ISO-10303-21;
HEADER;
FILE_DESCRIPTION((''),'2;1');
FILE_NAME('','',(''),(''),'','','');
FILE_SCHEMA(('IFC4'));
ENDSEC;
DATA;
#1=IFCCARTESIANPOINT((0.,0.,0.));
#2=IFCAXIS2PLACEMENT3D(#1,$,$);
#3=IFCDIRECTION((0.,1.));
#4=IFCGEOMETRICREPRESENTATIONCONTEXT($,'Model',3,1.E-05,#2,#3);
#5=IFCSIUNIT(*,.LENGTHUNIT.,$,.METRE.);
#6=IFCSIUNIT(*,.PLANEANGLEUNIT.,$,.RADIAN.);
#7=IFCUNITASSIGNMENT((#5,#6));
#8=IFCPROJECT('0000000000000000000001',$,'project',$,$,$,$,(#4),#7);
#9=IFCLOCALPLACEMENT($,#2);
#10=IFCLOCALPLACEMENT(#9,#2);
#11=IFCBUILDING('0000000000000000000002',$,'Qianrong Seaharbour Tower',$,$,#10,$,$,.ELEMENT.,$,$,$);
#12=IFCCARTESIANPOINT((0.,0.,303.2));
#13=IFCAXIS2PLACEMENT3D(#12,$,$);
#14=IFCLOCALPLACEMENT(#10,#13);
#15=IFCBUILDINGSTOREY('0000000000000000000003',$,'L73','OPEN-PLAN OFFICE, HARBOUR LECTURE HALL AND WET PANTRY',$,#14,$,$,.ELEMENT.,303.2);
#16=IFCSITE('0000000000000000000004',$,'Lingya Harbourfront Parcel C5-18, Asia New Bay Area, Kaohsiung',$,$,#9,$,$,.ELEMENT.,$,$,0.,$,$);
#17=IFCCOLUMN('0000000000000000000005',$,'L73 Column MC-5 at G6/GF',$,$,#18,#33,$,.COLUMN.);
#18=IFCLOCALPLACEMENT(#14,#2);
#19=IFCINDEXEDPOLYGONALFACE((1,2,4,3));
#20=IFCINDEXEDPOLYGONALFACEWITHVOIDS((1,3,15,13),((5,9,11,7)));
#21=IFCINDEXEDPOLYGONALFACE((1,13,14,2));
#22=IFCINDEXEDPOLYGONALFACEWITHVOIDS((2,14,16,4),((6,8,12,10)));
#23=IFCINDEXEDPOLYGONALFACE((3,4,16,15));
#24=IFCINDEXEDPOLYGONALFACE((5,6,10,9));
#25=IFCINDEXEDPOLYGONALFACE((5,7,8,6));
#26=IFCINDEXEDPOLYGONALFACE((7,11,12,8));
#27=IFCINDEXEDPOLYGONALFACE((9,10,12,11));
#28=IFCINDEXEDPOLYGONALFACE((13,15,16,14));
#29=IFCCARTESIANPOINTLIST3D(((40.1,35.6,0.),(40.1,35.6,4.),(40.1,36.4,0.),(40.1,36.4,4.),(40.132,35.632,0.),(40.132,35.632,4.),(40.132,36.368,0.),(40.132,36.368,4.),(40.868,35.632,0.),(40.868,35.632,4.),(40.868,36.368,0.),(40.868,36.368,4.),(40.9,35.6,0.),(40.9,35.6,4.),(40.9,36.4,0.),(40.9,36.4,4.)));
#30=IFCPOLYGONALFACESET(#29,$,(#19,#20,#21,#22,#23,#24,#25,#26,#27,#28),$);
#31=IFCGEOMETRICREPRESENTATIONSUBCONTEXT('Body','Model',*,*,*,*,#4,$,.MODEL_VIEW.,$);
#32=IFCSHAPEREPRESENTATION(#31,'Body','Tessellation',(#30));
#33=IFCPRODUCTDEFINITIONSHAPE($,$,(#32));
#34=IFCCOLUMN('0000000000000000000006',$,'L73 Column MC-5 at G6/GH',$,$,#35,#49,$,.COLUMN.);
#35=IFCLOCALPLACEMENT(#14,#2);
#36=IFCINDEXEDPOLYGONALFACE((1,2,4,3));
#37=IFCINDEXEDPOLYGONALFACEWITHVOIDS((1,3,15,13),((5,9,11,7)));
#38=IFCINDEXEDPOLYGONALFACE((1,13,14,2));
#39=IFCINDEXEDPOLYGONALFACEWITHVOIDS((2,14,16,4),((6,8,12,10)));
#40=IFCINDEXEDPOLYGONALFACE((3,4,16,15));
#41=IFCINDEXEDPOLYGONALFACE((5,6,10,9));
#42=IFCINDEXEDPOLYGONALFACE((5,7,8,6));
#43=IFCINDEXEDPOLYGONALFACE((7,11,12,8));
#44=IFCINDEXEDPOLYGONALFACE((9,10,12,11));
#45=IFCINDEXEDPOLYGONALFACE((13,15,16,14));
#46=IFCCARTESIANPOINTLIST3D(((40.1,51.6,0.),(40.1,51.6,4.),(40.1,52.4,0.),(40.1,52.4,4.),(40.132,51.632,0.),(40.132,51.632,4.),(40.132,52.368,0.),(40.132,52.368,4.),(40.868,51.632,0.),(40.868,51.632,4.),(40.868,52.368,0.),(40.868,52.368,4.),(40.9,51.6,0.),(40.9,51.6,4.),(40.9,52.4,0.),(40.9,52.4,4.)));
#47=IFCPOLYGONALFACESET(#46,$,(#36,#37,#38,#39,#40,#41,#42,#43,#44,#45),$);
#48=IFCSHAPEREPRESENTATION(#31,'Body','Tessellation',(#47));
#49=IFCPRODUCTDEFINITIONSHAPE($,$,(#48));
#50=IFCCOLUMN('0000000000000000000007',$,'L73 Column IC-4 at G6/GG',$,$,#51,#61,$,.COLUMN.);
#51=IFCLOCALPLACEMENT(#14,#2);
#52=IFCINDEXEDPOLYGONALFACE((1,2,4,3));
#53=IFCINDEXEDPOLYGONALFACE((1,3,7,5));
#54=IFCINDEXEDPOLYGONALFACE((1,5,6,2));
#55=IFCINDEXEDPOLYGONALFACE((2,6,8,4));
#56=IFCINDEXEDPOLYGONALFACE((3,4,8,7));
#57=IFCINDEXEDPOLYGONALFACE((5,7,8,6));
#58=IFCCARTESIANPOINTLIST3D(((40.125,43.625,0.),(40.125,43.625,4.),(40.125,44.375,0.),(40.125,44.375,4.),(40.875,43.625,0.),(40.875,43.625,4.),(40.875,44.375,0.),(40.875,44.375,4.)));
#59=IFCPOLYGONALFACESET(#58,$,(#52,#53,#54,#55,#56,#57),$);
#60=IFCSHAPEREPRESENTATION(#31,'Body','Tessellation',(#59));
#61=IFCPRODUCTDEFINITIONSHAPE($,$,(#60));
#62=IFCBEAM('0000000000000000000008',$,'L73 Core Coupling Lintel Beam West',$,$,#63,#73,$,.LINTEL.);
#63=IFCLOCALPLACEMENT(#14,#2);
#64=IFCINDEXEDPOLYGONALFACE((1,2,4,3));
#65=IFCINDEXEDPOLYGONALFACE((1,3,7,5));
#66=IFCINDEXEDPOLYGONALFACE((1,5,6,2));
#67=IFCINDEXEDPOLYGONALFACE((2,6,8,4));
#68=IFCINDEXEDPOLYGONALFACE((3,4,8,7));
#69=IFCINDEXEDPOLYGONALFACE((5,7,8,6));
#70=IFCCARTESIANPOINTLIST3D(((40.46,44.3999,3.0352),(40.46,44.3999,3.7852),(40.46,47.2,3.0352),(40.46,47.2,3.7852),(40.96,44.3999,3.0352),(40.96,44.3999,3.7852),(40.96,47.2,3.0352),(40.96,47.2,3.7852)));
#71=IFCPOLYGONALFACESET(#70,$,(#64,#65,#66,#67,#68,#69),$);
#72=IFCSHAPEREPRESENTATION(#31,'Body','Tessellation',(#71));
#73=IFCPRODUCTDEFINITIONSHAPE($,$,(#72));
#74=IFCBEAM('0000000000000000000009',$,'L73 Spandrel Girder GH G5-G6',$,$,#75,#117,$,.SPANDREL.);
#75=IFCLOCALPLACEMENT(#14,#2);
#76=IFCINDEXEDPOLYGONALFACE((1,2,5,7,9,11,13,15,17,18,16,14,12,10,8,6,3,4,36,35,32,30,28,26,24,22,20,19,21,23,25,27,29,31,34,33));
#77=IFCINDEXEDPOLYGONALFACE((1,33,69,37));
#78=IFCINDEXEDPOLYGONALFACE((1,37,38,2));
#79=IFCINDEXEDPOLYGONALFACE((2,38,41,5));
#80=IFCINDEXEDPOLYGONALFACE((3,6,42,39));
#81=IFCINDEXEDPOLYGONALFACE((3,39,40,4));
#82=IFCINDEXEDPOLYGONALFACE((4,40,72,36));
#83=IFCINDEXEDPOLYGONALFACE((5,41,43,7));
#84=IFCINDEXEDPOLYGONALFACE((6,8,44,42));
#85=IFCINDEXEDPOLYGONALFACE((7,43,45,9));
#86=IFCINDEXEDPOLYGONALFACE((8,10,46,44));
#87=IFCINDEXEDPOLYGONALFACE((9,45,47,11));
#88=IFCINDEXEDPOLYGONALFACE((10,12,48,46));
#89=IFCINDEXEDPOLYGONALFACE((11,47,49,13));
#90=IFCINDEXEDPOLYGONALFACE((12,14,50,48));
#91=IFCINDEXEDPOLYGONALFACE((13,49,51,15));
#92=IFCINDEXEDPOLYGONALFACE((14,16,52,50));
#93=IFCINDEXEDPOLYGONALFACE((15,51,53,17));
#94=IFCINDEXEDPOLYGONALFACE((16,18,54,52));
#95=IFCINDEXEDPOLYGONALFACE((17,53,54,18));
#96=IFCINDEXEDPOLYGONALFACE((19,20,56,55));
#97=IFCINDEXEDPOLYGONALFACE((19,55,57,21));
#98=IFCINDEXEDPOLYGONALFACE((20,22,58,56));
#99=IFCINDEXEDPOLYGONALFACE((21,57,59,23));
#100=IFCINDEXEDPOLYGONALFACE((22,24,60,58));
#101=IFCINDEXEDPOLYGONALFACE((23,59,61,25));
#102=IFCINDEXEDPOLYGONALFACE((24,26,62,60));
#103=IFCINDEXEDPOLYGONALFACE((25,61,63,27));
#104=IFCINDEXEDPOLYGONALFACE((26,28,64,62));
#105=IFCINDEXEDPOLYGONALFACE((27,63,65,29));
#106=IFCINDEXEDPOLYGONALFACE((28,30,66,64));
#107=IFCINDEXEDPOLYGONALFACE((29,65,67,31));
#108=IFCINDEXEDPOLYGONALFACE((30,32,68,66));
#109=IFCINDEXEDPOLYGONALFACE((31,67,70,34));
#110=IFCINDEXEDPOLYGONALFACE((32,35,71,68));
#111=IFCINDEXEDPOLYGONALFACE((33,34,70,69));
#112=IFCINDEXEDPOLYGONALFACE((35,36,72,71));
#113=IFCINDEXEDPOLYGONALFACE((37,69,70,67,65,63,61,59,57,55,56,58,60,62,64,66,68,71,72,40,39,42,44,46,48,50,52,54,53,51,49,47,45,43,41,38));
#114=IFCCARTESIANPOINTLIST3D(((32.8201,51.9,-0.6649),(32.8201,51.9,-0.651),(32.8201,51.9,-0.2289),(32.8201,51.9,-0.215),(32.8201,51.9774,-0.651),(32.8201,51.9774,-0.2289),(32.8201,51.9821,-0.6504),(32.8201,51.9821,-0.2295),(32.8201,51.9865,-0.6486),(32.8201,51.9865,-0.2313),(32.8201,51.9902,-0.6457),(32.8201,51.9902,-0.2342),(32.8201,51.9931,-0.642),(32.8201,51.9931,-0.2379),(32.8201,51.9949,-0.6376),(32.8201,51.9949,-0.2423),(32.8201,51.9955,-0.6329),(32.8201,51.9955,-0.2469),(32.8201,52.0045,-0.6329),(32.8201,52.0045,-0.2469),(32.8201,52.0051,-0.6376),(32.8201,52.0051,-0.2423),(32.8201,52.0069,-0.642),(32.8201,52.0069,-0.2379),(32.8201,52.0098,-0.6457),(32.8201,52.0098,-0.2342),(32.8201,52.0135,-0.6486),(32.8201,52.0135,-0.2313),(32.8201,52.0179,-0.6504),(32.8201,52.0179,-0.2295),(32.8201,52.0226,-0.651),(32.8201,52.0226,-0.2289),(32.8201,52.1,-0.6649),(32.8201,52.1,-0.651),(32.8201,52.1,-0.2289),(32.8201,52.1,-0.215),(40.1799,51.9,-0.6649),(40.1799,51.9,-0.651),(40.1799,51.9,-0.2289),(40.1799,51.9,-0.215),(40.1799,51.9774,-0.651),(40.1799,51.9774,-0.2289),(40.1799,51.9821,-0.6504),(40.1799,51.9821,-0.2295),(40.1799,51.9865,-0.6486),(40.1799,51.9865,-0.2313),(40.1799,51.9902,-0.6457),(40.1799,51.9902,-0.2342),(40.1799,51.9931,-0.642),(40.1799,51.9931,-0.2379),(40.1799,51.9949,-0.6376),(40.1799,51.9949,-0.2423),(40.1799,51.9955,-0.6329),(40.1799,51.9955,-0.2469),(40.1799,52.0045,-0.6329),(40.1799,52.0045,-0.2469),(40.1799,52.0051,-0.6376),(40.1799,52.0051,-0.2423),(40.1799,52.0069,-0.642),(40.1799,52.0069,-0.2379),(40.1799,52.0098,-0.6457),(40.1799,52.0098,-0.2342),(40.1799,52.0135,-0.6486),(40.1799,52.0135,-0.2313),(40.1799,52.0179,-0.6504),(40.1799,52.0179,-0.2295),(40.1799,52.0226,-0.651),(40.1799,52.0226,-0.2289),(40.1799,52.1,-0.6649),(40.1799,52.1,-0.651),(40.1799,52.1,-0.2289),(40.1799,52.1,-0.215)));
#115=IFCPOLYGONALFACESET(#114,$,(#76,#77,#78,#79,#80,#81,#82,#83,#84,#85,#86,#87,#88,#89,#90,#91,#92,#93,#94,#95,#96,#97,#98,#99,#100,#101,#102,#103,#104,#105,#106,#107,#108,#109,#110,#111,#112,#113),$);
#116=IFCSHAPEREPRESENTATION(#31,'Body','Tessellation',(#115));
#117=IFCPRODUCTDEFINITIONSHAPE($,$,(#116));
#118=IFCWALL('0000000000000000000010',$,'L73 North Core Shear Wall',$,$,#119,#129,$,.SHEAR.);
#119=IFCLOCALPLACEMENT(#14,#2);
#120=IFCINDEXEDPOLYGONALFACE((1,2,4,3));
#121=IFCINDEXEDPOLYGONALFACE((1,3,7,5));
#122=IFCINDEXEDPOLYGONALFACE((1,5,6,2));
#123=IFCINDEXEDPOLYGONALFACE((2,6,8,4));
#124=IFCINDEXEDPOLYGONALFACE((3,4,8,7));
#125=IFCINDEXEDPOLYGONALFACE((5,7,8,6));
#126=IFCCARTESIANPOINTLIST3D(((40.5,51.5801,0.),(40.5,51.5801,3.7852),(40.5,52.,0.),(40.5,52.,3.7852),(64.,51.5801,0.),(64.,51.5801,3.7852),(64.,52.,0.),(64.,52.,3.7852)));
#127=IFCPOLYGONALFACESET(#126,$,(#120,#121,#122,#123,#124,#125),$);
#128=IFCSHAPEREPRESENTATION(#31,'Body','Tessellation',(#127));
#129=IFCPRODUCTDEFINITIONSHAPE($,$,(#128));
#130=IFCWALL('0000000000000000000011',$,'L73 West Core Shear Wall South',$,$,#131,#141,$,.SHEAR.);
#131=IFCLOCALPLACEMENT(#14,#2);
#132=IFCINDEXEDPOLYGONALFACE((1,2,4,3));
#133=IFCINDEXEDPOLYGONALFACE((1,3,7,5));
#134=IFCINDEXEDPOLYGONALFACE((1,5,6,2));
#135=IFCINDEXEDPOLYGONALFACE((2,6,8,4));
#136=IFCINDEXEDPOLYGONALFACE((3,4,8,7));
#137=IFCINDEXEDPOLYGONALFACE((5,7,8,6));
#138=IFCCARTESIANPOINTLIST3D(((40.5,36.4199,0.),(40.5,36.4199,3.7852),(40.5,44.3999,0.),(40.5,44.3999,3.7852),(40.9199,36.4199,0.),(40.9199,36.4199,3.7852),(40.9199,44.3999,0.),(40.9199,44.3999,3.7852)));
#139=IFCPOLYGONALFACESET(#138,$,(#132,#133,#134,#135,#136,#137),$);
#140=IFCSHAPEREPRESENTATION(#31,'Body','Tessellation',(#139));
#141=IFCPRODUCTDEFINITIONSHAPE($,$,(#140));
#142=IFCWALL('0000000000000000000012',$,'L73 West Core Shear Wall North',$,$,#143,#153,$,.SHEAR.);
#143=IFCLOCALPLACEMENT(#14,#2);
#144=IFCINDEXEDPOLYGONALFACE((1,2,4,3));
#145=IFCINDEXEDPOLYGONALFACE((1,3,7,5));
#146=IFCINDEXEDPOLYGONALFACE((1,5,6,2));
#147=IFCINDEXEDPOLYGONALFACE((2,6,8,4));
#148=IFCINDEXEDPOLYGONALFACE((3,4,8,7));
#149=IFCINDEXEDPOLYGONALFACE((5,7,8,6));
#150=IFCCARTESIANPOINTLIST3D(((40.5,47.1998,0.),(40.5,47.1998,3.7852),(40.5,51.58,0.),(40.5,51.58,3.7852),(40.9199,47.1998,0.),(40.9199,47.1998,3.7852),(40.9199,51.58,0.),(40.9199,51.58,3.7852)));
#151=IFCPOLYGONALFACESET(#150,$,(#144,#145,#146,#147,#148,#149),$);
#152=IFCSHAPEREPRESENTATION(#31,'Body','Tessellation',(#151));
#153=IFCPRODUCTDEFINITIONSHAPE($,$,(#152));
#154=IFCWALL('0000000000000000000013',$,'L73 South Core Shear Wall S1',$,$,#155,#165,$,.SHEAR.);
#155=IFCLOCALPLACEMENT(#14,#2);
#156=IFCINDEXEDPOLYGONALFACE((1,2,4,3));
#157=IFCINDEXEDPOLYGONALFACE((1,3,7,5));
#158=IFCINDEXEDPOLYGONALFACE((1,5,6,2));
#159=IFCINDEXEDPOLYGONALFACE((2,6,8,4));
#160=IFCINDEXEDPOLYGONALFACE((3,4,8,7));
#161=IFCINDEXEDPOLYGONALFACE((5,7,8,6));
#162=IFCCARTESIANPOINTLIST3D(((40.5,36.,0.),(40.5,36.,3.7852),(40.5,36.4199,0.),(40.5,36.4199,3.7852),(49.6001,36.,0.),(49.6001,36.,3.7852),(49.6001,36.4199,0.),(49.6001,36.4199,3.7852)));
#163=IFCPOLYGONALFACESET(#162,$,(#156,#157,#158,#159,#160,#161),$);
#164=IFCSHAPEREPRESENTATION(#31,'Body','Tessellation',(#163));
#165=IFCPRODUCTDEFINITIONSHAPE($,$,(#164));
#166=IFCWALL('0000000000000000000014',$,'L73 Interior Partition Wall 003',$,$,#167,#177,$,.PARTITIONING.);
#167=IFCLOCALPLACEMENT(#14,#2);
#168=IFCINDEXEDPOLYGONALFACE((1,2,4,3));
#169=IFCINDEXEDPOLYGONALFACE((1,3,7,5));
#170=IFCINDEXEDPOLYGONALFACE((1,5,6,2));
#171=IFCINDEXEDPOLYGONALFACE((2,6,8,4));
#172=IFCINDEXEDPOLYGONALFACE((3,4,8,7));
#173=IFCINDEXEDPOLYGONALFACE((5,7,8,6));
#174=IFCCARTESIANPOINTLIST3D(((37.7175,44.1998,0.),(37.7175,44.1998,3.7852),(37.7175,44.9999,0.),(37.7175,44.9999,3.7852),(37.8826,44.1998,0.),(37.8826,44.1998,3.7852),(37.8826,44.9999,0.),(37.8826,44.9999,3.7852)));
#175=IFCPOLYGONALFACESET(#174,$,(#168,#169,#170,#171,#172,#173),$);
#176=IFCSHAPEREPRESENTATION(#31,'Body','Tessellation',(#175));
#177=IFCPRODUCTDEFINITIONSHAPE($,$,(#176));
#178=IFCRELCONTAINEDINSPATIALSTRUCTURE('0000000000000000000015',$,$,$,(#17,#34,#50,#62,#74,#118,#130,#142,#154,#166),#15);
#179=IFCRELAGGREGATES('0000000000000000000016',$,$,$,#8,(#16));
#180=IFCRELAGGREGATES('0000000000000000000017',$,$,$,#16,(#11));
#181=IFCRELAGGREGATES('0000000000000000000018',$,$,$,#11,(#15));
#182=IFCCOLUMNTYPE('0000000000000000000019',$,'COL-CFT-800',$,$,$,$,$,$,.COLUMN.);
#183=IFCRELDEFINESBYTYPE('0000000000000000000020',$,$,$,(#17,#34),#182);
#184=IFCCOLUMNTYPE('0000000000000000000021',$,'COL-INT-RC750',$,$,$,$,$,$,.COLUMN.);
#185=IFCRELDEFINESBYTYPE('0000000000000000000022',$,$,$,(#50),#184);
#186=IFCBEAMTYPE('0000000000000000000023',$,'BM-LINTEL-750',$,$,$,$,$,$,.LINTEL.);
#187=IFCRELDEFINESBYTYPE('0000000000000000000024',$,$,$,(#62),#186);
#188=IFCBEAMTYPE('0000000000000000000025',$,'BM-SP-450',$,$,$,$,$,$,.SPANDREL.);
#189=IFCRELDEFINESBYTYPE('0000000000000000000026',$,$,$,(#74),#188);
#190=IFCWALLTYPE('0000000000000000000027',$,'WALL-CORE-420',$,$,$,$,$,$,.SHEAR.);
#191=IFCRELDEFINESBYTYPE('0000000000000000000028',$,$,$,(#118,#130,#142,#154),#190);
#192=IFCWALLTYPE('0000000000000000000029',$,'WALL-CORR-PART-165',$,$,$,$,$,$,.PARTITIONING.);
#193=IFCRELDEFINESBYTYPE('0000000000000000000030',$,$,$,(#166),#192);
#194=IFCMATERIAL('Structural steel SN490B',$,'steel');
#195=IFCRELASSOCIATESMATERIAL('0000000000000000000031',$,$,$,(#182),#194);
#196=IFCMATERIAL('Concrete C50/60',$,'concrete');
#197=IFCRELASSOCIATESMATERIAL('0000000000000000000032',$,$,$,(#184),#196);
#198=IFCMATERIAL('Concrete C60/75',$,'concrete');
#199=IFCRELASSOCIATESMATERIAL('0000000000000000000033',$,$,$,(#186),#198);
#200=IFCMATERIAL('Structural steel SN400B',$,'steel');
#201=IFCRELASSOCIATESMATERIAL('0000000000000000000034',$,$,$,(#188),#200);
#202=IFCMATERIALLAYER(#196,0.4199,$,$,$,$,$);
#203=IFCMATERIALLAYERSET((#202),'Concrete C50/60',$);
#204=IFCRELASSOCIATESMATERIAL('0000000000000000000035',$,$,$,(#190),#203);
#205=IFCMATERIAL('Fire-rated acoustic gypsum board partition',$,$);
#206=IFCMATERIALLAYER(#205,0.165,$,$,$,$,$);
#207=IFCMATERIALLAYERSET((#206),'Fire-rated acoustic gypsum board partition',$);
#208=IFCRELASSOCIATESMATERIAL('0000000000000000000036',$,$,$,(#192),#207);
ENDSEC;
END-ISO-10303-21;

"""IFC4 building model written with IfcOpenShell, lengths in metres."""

from ifc_helpers import new_model, si_unit, direction, frame, frame_2d, origin, origin_2d, place, context, subcontext, project, spatial, rectangle, hollow_rectangle, i_section, extrude, material, layer, layer_set, material_profile, profile_set, type_object, element, save


model = new_model("IFC4")

# Units and contexts
model_context = context("Model", 3, precision=1e-05, world=origin(), true_north=direction((0.0, 1.0)))
body_context = subcontext(model_context, "Body", "Model", "MODEL_VIEW")
ifc_project = project(units=[si_unit("LENGTHUNIT", "METRE"), si_unit("PLANEANGLEUNIT", "RADIAN")], contexts=[model_context])

# Site, building, storey
site_placement = place(None, origin())
site = spatial("IfcSite", under=ifc_project, at=site_placement, Name="Lingya Harbourfront Parcel C5-18, Asia New Bay Area, Kaohsiung", CompositionType="ELEMENT", RefElevation=0.0)
building_placement = place(site_placement, origin())
building = spatial("IfcBuilding", under=site, at=building_placement, Name="Qianrong Seaharbour Tower", CompositionType="ELEMENT")
storey_placement = place(building_placement, frame((0.0, 0.0, 303.2)))
storey = spatial("IfcBuildingStorey", under=building, at=storey_placement, Name="L73", Description="OPEN-PLAN OFFICE, HARBOUR LECTURE HALL AND WET PANTRY", CompositionType="ELEMENT", Elevation=303.2)

# Columns
ifc_material_1 = material(Name="Structural steel SN490B", Category="steel")
ifc_material_profile_1 = material_profile(ifc_material_1, hollow_rectangle(XDim=0.8, YDim=0.8, WallThickness=0.032, at=origin_2d()), Name="BOX800x800x32")
ifc_profile_set_1 = profile_set([ifc_material_profile_1], Name="Structural steel SN490B")
column_type_1 = type_object("IfcColumnType", Name="COL-CFT-800", PredefinedType="COLUMN", material=ifc_profile_set_1)
for number, where, z_axis, x_axis, name in (
    (1, (40.5, 36.0, 0.0), (0.0, 0.0, 1.0), (1.0, 0.0, 0.0), "L73 Column MC-5 at G6/GF"),
    (2, (40.5, 52.0, 0.0), (0.0, 0.0, 1.0), (1.0, 0.0, 0.0), "L73 Column MC-5 at G6/GH"),
):
    element("IfcColumn", number, at=place(storey_placement, frame(where, z_axis=z_axis, x_axis=x_axis)), inside=storey, type_object=column_type_1, Name=name, PredefinedType="COLUMN", context=body_context, shape_type="SweptSolid", body=[
        extrude(hollow_rectangle(XDim=0.8, YDim=0.8, WallThickness=0.032, at=origin_2d()), origin(), (0.0, 0.0, 1.0), 4.0),
    ])
ifc_material_2 = material(Name="Concrete C50/60", Category="concrete")
ifc_material_profile_2 = material_profile(ifc_material_2, rectangle(XDim=0.75, YDim=0.75, at=origin_2d()), Name="RC750x750")
ifc_profile_set_2 = profile_set([ifc_material_profile_2], Name="Concrete C50/60")
column_type_2 = type_object("IfcColumnType", Name="COL-INT-RC750", PredefinedType="COLUMN", material=ifc_profile_set_2)
column_placement = place(storey_placement, frame((40.5, 44.0, 0.0), z_axis=(0.0, 0.0, 1.0), x_axis=(1.0, 0.0, 0.0)))
element("IfcColumn", 3, at=column_placement, inside=storey, type_object=column_type_2, Name="L73 Column IC-4 at G6/GG", PredefinedType="COLUMN", context=body_context, shape_type="SweptSolid", body=[
    extrude(rectangle(XDim=0.75, YDim=0.75, at=origin_2d()), origin(), (0.0, 0.0, 1.0), 4.0),
])

# Beams
ifc_material_3 = material(Name="Concrete C60/75", Category="concrete")
ifc_material_profile_3 = material_profile(ifc_material_3, rectangle(XDim=0.5, YDim=0.75, at=origin_2d()), Name="RC500x750")
ifc_profile_set_3 = profile_set([ifc_material_profile_3], Name="Concrete C60/75")
beam_type_1 = type_object("IfcBeamType", Name="BM-LINTEL-750", PredefinedType="LINTEL", material=ifc_profile_set_3)
beam_1_placement = place(storey_placement, frame((40.71, 44.3999, 3.4102), z_axis=(0.0, 1.0, 0.0), x_axis=(-1.0, 0.0, 0.0)))
element("IfcBeam", 4, at=beam_1_placement, inside=storey, type_object=beam_type_1, Name="L73 Core Coupling Lintel Beam West", PredefinedType="LINTEL", context=body_context, shape_type="SweptSolid", body=[
    extrude(rectangle(XDim=0.5, YDim=0.75, at=origin_2d()), origin(), (0.0, 0.0, 1.0), 2.8),
])
ifc_material_4 = material(Name="Structural steel SN400B", Category="steel")
ifc_material_profile_4 = material_profile(ifc_material_4, i_section(OverallWidth=0.2, OverallDepth=0.45, WebThickness=0.009, FlangeThickness=0.0139, FilletRadius=0.0181, at=origin_2d()), Name="H450x200x9x14")
ifc_profile_set_4 = profile_set([ifc_material_profile_4], Name="Structural steel SN400B")
beam_type_2 = type_object("IfcBeamType", Name="BM-SP-450", PredefinedType="SPANDREL", material=ifc_profile_set_4)
beam_2_placement = place(storey_placement, frame((32.8201, 52.0, -0.4399), z_axis=(1.0, 0.0, 0.0), x_axis=(0.0, 1.0, 0.0)))
element("IfcBeam", 5, at=beam_2_placement, inside=storey, type_object=beam_type_2, Name="L73 Spandrel Girder GH G5-G6", PredefinedType="SPANDREL", context=body_context, shape_type="SweptSolid", body=[
    extrude(i_section(OverallWidth=0.2, OverallDepth=0.45, WebThickness=0.009, FlangeThickness=0.0139, FilletRadius=0.0181, at=origin_2d()), origin(), (0.0, 0.0, 1.0), 7.3599),
])

# Walls
ifc_layer_1 = layer(ifc_material_2, 0.4199)
ifc_layer_set_1 = layer_set([ifc_layer_1], Name="Concrete C50/60")
wall_type_1 = type_object("IfcWallType", Name="WALL-CORE-420", PredefinedType="SHEAR", material=ifc_layer_set_1)
wall_1_placement = place(storey_placement, frame((40.5, 51.79, 0.0), z_axis=(0.0, 0.0, 1.0), x_axis=(1.0, 0.0, 0.0)))
element("IfcWall", 6, at=wall_1_placement, inside=storey, type_object=wall_type_1, Name="L73 North Core Shear Wall", PredefinedType="SHEAR", context=body_context, shape_type="SweptSolid", body=[
    extrude(rectangle(XDim=23.5, YDim=0.4199, at=frame_2d((11.75, 0.0))), origin(), (0.0, 0.0, 1.0), 3.7852),
])
wall_2_placement = place(storey_placement, frame((40.71, 36.4199, 0.0), z_axis=(0.0, 0.0, 1.0), x_axis=(0.0, 1.0, 0.0)))
element("IfcWall", 7, at=wall_2_placement, inside=storey, type_object=wall_type_1, Name="L73 West Core Shear Wall South", PredefinedType="SHEAR", context=body_context, shape_type="SweptSolid", body=[
    extrude(rectangle(XDim=7.98, YDim=0.4199, at=frame_2d((3.99, 0.0))), origin(), (0.0, 0.0, 1.0), 3.7852),
])
wall_3_placement = place(storey_placement, frame((40.71, 47.2, 0.0), z_axis=(0.0, 0.0, 1.0), x_axis=(0.0, 1.0, 0.0)))
element("IfcWall", 8, at=wall_3_placement, inside=storey, type_object=wall_type_1, Name="L73 West Core Shear Wall North", PredefinedType="SHEAR", context=body_context, shape_type="SweptSolid", body=[
    extrude(rectangle(XDim=4.3801, YDim=0.4199, at=frame_2d((2.1899, 0.0))), origin(), (0.0, 0.0, 1.0), 3.7852),
])
wall_4_placement = place(storey_placement, frame((40.5, 36.21, 0.0), z_axis=(0.0, 0.0, 1.0), x_axis=(1.0, 0.0, 0.0)))
element("IfcWall", 9, at=wall_4_placement, inside=storey, type_object=wall_type_1, Name="L73 South Core Shear Wall S1", PredefinedType="SHEAR", context=body_context, shape_type="SweptSolid", body=[
    extrude(rectangle(XDim=9.1001, YDim=0.4199, at=frame_2d((4.55, 0.0))), origin(), (0.0, 0.0, 1.0), 3.7852),
])

# Shared definitions
ifc_material_5 = material(Name="Fire-rated acoustic gypsum board partition")
ifc_layer_2 = layer(ifc_material_5, 0.165)
ifc_layer_set_2 = layer_set([ifc_layer_2], Name="Fire-rated acoustic gypsum board partition")
wall_type_2 = type_object("IfcWallType", Name="WALL-CORR-PART-165", PredefinedType="PARTITIONING", material=ifc_layer_set_2)

# Wall
wall_5_placement = place(storey_placement, frame((37.8, 44.2, 0.0), z_axis=(0.0, 0.0, 1.0), x_axis=(0.0, 1.0, 0.0)))
element("IfcWall", 10, at=wall_5_placement, inside=storey, type_object=wall_type_2, Name="L73 Interior Partition Wall 003", PredefinedType="PARTITIONING", context=body_context, shape_type="SweptSolid", body=[
    extrude(rectangle(XDim=0.8, YDim=0.165, at=frame_2d((0.3999, 0.0))), origin(), (0.0, 0.0, 1.0), 3.7852),
])

save(model, "model.ifc")
